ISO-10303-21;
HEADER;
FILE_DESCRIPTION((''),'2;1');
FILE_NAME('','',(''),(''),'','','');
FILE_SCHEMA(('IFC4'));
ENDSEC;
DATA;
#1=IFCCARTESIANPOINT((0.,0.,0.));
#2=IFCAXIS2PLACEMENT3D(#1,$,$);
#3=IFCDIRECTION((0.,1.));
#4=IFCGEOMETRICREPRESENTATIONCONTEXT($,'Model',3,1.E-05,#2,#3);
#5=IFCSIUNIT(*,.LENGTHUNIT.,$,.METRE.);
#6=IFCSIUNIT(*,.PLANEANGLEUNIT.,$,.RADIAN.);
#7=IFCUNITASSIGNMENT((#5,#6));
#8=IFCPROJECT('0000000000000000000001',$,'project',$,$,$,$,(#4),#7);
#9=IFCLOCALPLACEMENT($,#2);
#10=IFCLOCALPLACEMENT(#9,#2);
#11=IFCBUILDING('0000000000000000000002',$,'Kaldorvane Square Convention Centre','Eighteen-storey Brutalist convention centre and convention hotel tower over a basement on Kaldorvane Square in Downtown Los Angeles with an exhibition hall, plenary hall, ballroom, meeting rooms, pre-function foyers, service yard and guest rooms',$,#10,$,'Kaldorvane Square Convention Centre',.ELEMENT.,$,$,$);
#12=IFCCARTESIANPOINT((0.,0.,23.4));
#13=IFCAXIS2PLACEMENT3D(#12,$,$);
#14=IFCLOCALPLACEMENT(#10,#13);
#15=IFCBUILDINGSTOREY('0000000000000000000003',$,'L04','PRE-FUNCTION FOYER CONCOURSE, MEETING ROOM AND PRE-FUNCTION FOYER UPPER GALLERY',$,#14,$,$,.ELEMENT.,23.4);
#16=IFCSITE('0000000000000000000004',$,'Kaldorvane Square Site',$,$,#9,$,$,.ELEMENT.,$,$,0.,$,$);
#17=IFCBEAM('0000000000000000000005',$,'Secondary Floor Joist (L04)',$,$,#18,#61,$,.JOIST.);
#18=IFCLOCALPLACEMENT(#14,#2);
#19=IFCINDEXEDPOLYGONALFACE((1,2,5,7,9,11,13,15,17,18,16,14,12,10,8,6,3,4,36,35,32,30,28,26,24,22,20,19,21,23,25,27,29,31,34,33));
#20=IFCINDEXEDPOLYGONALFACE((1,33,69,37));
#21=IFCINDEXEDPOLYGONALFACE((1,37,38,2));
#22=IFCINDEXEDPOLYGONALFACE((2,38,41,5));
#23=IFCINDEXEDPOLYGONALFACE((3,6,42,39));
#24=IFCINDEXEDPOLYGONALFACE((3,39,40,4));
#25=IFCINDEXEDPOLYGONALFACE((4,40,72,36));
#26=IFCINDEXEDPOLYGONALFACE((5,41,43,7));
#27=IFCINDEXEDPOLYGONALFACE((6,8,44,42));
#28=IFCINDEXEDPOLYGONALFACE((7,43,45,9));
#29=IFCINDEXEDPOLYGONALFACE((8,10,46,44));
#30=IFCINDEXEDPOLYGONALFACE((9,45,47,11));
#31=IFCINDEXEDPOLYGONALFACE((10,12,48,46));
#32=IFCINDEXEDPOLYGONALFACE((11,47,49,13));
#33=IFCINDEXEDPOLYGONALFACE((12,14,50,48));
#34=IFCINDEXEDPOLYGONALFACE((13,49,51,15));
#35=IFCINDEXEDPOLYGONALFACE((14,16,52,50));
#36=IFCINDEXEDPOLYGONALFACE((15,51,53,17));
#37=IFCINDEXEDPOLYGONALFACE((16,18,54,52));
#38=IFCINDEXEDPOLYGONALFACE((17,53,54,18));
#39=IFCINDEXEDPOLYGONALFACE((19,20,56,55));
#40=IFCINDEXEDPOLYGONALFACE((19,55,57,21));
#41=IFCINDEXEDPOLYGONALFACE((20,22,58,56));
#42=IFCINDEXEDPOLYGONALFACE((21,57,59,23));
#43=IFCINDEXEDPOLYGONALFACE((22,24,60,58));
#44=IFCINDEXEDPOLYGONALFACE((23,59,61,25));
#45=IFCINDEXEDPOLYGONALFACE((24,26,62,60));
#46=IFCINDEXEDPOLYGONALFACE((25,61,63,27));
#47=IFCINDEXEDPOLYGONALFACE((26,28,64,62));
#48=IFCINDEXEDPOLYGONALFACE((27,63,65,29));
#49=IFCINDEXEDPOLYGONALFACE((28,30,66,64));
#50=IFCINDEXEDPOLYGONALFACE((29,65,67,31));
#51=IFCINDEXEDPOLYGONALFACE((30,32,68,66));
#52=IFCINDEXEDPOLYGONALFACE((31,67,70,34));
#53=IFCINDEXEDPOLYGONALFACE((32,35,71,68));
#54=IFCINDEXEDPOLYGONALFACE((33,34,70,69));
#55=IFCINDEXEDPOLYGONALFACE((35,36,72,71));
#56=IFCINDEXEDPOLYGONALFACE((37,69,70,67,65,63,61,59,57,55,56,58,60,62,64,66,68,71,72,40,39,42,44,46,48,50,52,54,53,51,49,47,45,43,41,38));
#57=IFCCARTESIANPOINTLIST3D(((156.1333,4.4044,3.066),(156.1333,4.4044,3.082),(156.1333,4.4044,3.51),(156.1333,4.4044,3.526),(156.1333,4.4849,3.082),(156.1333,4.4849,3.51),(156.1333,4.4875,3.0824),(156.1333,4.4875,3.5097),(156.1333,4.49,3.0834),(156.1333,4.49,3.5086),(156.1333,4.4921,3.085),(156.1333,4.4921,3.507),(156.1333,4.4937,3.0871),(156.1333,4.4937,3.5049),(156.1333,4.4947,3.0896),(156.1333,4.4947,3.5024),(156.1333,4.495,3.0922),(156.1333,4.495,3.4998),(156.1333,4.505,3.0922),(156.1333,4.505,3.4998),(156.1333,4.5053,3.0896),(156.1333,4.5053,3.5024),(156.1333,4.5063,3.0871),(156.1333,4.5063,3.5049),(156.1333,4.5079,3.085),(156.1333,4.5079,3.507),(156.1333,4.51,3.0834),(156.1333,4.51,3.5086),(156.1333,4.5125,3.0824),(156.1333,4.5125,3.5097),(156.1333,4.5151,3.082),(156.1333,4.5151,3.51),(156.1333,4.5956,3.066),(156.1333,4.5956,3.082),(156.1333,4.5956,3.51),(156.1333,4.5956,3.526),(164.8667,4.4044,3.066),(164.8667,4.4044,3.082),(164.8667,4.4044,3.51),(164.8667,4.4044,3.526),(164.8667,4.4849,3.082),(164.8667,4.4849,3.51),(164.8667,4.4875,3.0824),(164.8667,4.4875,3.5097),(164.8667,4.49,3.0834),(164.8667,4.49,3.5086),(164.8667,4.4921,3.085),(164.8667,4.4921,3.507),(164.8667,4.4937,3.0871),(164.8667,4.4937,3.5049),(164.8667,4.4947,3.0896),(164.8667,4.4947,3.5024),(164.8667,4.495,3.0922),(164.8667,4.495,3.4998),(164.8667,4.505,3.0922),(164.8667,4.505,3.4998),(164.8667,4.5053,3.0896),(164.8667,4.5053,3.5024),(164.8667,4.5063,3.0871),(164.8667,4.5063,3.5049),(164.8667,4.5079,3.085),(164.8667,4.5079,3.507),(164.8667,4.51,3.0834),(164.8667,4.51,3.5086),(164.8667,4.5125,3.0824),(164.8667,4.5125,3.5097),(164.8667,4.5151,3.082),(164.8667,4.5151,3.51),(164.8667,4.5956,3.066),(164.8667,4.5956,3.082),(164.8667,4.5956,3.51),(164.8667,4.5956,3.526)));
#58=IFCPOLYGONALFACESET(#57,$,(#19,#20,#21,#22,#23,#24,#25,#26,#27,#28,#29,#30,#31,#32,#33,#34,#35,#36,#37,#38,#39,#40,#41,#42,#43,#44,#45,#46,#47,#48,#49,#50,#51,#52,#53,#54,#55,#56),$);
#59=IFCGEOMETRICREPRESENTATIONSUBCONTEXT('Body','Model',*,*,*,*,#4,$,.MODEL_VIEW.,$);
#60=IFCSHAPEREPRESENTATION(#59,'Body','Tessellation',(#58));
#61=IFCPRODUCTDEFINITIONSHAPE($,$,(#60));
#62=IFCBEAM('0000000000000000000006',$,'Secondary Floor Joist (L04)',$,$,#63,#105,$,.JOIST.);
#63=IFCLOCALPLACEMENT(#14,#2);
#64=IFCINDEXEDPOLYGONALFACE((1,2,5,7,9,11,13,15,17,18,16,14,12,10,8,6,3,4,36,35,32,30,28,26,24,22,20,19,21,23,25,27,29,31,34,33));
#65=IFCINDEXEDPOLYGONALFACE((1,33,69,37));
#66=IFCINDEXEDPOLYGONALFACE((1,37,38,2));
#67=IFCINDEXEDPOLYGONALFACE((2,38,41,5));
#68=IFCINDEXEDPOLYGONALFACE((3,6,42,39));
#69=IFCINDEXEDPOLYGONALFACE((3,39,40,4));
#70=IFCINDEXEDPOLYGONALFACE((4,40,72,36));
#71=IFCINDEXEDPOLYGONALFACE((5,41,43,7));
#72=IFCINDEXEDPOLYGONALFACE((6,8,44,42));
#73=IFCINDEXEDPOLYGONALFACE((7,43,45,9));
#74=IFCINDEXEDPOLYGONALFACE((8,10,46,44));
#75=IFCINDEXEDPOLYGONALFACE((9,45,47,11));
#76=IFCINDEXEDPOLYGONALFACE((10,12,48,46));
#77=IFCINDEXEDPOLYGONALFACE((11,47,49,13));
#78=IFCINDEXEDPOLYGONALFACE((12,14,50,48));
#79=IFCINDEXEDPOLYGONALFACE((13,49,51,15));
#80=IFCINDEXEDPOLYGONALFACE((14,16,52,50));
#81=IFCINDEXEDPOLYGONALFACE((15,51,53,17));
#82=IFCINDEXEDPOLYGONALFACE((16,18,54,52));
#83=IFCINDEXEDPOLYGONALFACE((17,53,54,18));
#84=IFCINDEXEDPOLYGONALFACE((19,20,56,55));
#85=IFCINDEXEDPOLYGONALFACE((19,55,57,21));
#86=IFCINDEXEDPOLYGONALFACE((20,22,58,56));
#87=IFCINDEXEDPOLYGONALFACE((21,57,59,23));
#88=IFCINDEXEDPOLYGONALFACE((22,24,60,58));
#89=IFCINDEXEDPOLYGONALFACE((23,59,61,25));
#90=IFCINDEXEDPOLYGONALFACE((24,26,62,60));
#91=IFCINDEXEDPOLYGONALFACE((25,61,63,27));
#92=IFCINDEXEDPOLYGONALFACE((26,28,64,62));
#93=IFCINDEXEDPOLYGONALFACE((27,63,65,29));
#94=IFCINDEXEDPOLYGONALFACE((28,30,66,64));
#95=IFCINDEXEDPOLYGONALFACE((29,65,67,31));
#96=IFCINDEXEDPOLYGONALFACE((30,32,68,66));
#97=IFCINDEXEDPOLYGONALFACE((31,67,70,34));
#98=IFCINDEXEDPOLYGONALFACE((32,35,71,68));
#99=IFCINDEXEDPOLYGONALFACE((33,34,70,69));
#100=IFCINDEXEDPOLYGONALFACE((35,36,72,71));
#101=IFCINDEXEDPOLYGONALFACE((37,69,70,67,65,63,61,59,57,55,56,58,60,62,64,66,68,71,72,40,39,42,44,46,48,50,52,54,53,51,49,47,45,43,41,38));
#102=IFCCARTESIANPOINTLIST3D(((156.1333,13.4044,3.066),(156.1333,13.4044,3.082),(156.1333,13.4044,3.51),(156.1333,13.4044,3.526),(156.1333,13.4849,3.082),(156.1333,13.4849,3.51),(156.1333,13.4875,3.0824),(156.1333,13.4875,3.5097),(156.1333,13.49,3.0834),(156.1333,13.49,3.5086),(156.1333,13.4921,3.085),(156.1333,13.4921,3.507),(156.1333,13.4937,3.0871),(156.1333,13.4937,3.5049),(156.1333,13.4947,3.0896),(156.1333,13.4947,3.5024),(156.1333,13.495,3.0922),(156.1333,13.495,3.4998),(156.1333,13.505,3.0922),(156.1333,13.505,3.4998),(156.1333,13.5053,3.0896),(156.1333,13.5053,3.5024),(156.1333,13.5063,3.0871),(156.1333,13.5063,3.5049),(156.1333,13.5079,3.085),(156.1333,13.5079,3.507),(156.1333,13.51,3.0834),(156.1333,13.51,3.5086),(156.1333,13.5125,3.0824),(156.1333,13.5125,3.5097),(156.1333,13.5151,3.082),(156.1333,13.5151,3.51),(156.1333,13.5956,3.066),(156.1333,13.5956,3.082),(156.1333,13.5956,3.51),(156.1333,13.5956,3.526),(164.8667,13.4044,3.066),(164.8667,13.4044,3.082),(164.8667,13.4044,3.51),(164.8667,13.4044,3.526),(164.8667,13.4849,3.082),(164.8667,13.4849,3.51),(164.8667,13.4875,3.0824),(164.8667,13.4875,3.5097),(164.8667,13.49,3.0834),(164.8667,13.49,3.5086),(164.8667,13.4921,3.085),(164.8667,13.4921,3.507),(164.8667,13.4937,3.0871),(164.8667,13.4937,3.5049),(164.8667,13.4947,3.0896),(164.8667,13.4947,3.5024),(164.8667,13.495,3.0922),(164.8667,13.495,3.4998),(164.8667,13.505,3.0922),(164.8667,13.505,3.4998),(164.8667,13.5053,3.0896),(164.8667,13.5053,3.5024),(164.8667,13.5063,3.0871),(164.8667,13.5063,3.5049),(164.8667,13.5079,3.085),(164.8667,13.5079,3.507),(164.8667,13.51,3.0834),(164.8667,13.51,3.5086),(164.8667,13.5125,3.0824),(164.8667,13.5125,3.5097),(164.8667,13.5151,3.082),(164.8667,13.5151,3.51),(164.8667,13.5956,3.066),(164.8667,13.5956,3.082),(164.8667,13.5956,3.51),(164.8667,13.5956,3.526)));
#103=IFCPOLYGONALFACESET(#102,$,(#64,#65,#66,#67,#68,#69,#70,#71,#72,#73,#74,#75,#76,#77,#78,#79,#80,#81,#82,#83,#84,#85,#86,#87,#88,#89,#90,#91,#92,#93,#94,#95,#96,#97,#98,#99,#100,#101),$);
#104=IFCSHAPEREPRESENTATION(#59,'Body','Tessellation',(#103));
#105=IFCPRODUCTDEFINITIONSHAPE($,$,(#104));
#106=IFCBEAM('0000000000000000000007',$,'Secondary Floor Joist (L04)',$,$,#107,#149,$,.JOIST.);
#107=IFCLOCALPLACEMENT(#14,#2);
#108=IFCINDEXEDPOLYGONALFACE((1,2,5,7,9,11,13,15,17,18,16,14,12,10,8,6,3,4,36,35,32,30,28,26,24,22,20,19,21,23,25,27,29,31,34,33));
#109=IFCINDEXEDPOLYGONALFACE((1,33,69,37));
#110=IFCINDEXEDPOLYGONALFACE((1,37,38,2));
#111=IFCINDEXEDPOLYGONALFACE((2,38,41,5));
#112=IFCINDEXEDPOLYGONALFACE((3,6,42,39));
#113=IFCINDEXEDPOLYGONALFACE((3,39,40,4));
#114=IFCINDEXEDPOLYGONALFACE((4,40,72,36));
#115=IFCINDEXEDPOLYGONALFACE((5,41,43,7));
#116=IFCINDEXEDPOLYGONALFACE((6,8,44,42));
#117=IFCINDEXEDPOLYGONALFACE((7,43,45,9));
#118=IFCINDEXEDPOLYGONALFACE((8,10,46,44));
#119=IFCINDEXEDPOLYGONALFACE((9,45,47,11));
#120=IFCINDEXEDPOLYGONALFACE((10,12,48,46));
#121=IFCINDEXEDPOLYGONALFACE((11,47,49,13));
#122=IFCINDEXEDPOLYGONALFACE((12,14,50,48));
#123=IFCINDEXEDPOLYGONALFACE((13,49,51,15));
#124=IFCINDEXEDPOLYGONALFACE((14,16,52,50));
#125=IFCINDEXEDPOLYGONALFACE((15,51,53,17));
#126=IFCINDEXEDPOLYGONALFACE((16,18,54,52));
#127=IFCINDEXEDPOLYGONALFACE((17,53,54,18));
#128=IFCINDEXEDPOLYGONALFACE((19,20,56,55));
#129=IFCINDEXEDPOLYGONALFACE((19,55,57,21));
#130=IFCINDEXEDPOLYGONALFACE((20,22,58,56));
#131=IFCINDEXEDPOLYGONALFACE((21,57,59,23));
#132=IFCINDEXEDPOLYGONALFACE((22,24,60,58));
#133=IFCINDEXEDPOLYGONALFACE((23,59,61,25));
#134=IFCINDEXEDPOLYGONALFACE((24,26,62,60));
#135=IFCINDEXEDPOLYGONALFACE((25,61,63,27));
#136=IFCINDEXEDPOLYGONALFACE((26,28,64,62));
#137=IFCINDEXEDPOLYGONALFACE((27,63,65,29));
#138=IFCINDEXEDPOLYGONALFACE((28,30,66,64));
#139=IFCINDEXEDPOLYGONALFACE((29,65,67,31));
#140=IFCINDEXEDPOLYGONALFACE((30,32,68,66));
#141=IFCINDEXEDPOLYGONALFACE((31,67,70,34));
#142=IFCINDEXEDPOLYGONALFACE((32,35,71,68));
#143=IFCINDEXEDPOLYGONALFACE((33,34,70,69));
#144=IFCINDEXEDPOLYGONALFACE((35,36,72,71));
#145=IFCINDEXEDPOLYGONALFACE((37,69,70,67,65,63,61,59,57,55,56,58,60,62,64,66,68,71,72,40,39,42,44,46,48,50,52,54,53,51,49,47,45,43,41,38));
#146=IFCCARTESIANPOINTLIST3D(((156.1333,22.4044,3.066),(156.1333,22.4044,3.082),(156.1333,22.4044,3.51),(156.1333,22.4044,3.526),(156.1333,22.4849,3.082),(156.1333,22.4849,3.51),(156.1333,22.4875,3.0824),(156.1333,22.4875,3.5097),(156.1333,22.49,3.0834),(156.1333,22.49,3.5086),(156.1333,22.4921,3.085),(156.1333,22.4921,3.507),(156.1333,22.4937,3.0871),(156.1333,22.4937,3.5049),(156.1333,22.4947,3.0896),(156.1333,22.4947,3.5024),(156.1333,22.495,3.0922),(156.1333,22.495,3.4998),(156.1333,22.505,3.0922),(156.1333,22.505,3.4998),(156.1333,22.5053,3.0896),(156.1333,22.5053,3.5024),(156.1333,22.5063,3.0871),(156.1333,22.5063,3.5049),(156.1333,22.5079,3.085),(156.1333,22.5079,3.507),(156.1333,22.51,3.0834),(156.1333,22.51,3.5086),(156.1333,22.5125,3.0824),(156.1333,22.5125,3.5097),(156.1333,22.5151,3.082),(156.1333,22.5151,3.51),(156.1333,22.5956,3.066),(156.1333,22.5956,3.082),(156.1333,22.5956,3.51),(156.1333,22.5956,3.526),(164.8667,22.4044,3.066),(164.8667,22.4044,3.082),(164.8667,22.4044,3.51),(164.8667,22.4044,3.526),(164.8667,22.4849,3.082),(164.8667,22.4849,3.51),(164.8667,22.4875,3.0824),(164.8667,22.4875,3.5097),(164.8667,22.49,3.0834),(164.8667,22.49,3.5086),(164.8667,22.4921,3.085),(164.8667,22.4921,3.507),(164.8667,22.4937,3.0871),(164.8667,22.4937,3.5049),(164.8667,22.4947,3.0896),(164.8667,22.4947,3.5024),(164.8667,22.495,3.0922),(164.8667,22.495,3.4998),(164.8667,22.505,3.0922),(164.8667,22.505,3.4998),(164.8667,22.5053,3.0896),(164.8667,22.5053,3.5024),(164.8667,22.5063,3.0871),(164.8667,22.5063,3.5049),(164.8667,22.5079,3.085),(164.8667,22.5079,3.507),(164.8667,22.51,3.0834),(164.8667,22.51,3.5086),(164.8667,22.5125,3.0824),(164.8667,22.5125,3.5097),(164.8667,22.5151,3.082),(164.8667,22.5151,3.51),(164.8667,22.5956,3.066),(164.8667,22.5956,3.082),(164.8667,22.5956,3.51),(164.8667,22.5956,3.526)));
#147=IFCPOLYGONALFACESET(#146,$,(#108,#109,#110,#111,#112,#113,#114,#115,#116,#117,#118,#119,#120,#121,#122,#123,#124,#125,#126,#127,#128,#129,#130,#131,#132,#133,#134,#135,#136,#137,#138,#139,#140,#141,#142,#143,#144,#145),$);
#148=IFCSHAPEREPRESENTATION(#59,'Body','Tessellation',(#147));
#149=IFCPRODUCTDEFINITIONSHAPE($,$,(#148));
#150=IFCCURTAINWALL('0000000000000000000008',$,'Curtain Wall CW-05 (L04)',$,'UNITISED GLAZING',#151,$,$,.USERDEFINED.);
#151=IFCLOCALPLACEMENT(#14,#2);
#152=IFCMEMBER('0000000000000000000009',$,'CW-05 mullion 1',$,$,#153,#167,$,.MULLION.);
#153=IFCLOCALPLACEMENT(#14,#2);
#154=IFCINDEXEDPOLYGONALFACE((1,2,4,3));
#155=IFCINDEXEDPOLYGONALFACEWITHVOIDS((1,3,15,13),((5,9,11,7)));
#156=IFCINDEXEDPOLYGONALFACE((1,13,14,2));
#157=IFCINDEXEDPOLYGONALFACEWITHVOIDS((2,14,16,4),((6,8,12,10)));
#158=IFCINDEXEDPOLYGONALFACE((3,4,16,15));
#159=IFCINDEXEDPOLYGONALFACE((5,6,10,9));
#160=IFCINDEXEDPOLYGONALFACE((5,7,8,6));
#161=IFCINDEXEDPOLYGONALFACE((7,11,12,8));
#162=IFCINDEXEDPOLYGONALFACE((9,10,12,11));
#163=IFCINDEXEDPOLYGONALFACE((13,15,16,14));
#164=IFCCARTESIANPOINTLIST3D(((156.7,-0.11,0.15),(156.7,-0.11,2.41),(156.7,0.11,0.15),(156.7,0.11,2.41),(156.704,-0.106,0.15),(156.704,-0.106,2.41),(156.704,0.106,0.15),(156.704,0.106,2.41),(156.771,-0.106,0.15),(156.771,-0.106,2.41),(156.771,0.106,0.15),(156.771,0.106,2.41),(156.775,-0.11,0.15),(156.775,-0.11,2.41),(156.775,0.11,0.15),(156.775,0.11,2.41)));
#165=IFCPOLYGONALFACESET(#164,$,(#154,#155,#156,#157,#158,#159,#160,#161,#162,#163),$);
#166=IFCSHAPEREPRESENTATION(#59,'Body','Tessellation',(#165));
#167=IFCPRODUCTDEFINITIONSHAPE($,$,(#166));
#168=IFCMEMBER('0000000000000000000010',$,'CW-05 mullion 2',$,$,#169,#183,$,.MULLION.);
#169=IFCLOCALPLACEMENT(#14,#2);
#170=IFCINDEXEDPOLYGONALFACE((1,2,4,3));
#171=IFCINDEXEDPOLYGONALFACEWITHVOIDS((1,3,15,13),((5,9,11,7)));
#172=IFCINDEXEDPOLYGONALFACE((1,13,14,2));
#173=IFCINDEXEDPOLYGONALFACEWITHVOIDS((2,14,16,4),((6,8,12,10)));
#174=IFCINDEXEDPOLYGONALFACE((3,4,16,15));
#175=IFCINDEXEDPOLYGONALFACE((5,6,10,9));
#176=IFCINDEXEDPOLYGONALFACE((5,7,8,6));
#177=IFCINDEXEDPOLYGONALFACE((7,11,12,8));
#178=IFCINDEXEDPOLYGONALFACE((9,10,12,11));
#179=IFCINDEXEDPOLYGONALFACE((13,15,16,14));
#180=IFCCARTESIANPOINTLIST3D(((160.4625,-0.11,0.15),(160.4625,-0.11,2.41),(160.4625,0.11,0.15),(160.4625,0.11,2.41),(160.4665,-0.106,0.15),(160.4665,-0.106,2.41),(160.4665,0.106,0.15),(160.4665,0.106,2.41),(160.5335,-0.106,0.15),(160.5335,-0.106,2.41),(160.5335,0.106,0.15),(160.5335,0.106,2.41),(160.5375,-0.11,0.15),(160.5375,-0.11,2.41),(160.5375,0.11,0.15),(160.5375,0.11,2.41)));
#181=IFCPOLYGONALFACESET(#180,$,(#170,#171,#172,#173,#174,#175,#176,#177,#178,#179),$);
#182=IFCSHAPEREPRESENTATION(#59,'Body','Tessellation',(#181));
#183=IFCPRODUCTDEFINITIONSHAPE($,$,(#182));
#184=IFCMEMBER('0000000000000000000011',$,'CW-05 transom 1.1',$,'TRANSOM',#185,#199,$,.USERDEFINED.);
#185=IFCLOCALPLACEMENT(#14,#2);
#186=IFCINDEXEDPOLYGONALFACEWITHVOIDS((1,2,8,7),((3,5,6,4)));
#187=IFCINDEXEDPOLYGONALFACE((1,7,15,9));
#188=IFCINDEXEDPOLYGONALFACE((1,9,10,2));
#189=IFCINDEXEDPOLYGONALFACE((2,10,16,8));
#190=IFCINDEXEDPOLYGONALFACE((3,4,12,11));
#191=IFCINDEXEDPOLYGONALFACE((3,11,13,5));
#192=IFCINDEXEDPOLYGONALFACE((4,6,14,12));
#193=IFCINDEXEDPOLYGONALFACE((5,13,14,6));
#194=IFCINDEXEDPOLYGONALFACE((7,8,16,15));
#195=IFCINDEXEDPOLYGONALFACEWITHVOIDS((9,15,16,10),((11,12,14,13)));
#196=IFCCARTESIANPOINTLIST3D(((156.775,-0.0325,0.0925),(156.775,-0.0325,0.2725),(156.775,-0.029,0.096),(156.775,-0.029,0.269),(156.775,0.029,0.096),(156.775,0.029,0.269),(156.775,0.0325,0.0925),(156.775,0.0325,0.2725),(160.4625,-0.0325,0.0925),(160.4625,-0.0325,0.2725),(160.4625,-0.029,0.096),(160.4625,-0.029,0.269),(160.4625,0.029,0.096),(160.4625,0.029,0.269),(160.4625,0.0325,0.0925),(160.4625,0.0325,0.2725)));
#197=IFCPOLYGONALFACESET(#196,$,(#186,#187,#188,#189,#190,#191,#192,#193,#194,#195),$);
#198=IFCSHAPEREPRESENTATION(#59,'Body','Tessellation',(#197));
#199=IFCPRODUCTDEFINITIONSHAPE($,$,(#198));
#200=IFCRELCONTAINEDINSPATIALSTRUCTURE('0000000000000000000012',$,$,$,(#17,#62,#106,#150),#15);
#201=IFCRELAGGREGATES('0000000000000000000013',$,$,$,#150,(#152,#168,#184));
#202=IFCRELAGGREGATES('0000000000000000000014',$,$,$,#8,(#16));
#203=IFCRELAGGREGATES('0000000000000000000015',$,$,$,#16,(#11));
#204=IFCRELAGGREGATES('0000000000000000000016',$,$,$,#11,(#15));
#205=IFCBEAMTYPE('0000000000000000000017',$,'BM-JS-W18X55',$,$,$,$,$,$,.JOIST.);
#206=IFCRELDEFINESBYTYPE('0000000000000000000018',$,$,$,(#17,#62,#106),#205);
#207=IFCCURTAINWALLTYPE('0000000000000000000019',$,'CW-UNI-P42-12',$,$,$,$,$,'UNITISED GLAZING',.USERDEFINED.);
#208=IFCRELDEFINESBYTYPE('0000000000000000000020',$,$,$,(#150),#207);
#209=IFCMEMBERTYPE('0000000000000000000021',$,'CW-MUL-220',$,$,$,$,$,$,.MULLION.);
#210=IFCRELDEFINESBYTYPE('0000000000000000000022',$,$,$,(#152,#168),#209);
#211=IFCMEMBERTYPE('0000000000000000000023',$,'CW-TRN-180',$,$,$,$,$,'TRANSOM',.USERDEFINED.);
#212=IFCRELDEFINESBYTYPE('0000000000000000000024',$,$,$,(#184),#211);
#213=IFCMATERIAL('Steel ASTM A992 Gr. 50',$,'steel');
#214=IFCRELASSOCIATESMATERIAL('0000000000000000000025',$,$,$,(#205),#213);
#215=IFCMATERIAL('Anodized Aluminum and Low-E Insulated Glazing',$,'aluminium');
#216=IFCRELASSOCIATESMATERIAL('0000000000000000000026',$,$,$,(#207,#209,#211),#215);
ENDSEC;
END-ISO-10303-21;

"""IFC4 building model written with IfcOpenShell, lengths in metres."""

from ifc_helpers import new_model, si_unit, direction, frame, origin, origin_2d, place, context, subcontext, project, spatial, hollow_rectangle, i_section, extrude, material, material_profile, profile_set, type_object, element, aggregate, save


model = new_model("IFC4")

# Units and contexts
model_context = context("Model", 3, precision=1e-05, world=origin(), true_north=direction((0.0, 1.0)))
body_context = subcontext(model_context, "Body", "Model", "MODEL_VIEW")
ifc_project = project(units=[si_unit("LENGTHUNIT", "METRE"), si_unit("PLANEANGLEUNIT", "RADIAN")], contexts=[model_context])

# Site, building, storey
site_placement = place(None, origin())
site = spatial("IfcSite", under=ifc_project, at=site_placement, Name="Kaldorvane Square Site", CompositionType="ELEMENT", RefElevation=0.0)
building_placement = place(site_placement, origin())
building = spatial("IfcBuilding", under=site, at=building_placement, Name="Kaldorvane Square Convention Centre", Description="Eighteen-storey Brutalist convention centre and convention hotel tower over a basement on Kaldorvane Square in Downtown Los Angeles with an exhibition hall, plenary hall, ballroom, meeting rooms, pre-function foyers, service yard and guest rooms", LongName="Kaldorvane Square Convention Centre", CompositionType="ELEMENT")
storey_placement = place(building_placement, frame((0.0, 0.0, 23.4)))
storey = spatial("IfcBuildingStorey", under=building, at=storey_placement, Name="L04", Description="PRE-FUNCTION FOYER CONCOURSE, MEETING ROOM AND PRE-FUNCTION FOYER UPPER GALLERY", CompositionType="ELEMENT", Elevation=23.4)

# Shared definitions
ifc_material_1 = material(Name="Steel ASTM A992 Gr. 50", Category="steel")

# Beams
ifc_material_profile_1 = material_profile(ifc_material_1, i_section(OverallWidth=0.1913, OverallDepth=0.46, WebThickness=0.0099, FlangeThickness=0.016, FilletRadius=0.0102, at=origin_2d()), Name="W18X55")
ifc_profile_set_1 = profile_set([ifc_material_profile_1], Name="Steel ASTM A992 Gr. 50")
beam_type_1 = type_object("IfcBeamType", Name="BM-JS-W18X55", PredefinedType="JOIST", material=ifc_profile_set_1)
for number, where, z_axis, x_axis, name in (
    (1, (156.1333, 4.5, 3.296), (1.0, 0.0, 0.0), (0.0, 1.0, 0.0), "Secondary Floor Joist (L04)"),
    (2, (156.1333, 13.5, 3.296), (1.0, 0.0, 0.0), (0.0, 1.0, 0.0), "Secondary Floor Joist (L04)"),
    (3, (156.1333, 22.5, 3.296), (1.0, 0.0, 0.0), (0.0, 1.0, 0.0), "Secondary Floor Joist (L04)"),
):
    element("IfcBeam", number, at=place(storey_placement, frame(where, z_axis=z_axis, x_axis=x_axis)), inside=storey, type_object=beam_type_1, Name=name, PredefinedType="JOIST", context=body_context, shape_type="SweptSolid", body=[
        extrude(i_section(OverallWidth=0.1913, OverallDepth=0.46, WebThickness=0.0099, FlangeThickness=0.016, FilletRadius=0.0102, at=origin_2d()), origin(), (0.0, 0.0, 1.0), 8.7334),
    ])

# Curtain wall, members
ifc_material_2 = material(Name="Anodized Aluminum and Low-E Insulated Glazing", Category="aluminium")
curtain_wall_type = type_object("IfcCurtainWallType", Name="CW-UNI-P42-12", ElementType="UNITISED GLAZING", PredefinedType="USERDEFINED", material=ifc_material_2)
curtain_wall_placement = place(storey_placement, origin())
curtain_wall = element("IfcCurtainWall", 4, at=curtain_wall_placement, inside=storey, type_object=curtain_wall_type, Name="Curtain Wall CW-05 (L04)", ObjectType="UNITISED GLAZING", PredefinedType="USERDEFINED")
ifc_material_profile_2 = material_profile(ifc_material_2, hollow_rectangle(XDim=0.075, YDim=0.22, WallThickness=0.004, at=origin_2d()), Name="CWM-220X75")
ifc_profile_set_2 = profile_set([ifc_material_profile_2], Name="Anodized Aluminum and Low-E Insulated Glazing")
member_type_1 = type_object("IfcMemberType", Name="CW-MUL-220", PredefinedType="MULLION", material=ifc_profile_set_2)
member_1_placement = place(storey_placement, frame((156.7375, 0.0, 0.15), z_axis=(0.0, 0.0, 1.0), x_axis=(1.0, 0.0, 0.0)))
member_1 = element("IfcMember", 5, at=member_1_placement, type_object=member_type_1, Name="CW-05 mullion 1", PredefinedType="MULLION", context=body_context, shape_type="SweptSolid", body=[
    extrude(hollow_rectangle(XDim=0.075, YDim=0.22, WallThickness=0.004, at=origin_2d()), origin(), (0.0, 0.0, 1.0), 2.26),
])
member_2_placement = place(storey_placement, frame((160.5, 0.0, 0.15), z_axis=(0.0, 0.0, 1.0), x_axis=(1.0, 0.0, 0.0)))
member_2 = element("IfcMember", 6, at=member_2_placement, type_object=member_type_1, Name="CW-05 mullion 2", PredefinedType="MULLION", context=body_context, shape_type="SweptSolid", body=[
    extrude(hollow_rectangle(XDim=0.075, YDim=0.22, WallThickness=0.004, at=origin_2d()), origin(), (0.0, 0.0, 1.0), 2.26),
])
ifc_material_profile_3 = material_profile(ifc_material_2, hollow_rectangle(XDim=0.065, YDim=0.18, WallThickness=0.0035, at=origin_2d()), Name="CWT-180X65")
ifc_profile_set_3 = profile_set([ifc_material_profile_3], Name="Anodized Aluminum and Low-E Insulated Glazing")
member_type_2 = type_object("IfcMemberType", Name="CW-TRN-180", ElementType="TRANSOM", PredefinedType="USERDEFINED", material=ifc_profile_set_3)
member_3_placement = place(storey_placement, frame((156.775, 0.0, 0.1825), z_axis=(1.0, 0.0, 0.0), x_axis=(0.0, 1.0, 0.0)))
member_3 = element("IfcMember", 7, at=member_3_placement, type_object=member_type_2, Name="CW-05 transom 1.1", ObjectType="TRANSOM", PredefinedType="USERDEFINED", context=body_context, shape_type="SweptSolid", body=[
    extrude(hollow_rectangle(XDim=0.065, YDim=0.18, WallThickness=0.0035, at=origin_2d()), origin(), (0.0, 0.0, 1.0), 3.6875),
])
aggregate(curtain_wall, [member_1, member_2, member_3])

save(model, "model.ifc")
